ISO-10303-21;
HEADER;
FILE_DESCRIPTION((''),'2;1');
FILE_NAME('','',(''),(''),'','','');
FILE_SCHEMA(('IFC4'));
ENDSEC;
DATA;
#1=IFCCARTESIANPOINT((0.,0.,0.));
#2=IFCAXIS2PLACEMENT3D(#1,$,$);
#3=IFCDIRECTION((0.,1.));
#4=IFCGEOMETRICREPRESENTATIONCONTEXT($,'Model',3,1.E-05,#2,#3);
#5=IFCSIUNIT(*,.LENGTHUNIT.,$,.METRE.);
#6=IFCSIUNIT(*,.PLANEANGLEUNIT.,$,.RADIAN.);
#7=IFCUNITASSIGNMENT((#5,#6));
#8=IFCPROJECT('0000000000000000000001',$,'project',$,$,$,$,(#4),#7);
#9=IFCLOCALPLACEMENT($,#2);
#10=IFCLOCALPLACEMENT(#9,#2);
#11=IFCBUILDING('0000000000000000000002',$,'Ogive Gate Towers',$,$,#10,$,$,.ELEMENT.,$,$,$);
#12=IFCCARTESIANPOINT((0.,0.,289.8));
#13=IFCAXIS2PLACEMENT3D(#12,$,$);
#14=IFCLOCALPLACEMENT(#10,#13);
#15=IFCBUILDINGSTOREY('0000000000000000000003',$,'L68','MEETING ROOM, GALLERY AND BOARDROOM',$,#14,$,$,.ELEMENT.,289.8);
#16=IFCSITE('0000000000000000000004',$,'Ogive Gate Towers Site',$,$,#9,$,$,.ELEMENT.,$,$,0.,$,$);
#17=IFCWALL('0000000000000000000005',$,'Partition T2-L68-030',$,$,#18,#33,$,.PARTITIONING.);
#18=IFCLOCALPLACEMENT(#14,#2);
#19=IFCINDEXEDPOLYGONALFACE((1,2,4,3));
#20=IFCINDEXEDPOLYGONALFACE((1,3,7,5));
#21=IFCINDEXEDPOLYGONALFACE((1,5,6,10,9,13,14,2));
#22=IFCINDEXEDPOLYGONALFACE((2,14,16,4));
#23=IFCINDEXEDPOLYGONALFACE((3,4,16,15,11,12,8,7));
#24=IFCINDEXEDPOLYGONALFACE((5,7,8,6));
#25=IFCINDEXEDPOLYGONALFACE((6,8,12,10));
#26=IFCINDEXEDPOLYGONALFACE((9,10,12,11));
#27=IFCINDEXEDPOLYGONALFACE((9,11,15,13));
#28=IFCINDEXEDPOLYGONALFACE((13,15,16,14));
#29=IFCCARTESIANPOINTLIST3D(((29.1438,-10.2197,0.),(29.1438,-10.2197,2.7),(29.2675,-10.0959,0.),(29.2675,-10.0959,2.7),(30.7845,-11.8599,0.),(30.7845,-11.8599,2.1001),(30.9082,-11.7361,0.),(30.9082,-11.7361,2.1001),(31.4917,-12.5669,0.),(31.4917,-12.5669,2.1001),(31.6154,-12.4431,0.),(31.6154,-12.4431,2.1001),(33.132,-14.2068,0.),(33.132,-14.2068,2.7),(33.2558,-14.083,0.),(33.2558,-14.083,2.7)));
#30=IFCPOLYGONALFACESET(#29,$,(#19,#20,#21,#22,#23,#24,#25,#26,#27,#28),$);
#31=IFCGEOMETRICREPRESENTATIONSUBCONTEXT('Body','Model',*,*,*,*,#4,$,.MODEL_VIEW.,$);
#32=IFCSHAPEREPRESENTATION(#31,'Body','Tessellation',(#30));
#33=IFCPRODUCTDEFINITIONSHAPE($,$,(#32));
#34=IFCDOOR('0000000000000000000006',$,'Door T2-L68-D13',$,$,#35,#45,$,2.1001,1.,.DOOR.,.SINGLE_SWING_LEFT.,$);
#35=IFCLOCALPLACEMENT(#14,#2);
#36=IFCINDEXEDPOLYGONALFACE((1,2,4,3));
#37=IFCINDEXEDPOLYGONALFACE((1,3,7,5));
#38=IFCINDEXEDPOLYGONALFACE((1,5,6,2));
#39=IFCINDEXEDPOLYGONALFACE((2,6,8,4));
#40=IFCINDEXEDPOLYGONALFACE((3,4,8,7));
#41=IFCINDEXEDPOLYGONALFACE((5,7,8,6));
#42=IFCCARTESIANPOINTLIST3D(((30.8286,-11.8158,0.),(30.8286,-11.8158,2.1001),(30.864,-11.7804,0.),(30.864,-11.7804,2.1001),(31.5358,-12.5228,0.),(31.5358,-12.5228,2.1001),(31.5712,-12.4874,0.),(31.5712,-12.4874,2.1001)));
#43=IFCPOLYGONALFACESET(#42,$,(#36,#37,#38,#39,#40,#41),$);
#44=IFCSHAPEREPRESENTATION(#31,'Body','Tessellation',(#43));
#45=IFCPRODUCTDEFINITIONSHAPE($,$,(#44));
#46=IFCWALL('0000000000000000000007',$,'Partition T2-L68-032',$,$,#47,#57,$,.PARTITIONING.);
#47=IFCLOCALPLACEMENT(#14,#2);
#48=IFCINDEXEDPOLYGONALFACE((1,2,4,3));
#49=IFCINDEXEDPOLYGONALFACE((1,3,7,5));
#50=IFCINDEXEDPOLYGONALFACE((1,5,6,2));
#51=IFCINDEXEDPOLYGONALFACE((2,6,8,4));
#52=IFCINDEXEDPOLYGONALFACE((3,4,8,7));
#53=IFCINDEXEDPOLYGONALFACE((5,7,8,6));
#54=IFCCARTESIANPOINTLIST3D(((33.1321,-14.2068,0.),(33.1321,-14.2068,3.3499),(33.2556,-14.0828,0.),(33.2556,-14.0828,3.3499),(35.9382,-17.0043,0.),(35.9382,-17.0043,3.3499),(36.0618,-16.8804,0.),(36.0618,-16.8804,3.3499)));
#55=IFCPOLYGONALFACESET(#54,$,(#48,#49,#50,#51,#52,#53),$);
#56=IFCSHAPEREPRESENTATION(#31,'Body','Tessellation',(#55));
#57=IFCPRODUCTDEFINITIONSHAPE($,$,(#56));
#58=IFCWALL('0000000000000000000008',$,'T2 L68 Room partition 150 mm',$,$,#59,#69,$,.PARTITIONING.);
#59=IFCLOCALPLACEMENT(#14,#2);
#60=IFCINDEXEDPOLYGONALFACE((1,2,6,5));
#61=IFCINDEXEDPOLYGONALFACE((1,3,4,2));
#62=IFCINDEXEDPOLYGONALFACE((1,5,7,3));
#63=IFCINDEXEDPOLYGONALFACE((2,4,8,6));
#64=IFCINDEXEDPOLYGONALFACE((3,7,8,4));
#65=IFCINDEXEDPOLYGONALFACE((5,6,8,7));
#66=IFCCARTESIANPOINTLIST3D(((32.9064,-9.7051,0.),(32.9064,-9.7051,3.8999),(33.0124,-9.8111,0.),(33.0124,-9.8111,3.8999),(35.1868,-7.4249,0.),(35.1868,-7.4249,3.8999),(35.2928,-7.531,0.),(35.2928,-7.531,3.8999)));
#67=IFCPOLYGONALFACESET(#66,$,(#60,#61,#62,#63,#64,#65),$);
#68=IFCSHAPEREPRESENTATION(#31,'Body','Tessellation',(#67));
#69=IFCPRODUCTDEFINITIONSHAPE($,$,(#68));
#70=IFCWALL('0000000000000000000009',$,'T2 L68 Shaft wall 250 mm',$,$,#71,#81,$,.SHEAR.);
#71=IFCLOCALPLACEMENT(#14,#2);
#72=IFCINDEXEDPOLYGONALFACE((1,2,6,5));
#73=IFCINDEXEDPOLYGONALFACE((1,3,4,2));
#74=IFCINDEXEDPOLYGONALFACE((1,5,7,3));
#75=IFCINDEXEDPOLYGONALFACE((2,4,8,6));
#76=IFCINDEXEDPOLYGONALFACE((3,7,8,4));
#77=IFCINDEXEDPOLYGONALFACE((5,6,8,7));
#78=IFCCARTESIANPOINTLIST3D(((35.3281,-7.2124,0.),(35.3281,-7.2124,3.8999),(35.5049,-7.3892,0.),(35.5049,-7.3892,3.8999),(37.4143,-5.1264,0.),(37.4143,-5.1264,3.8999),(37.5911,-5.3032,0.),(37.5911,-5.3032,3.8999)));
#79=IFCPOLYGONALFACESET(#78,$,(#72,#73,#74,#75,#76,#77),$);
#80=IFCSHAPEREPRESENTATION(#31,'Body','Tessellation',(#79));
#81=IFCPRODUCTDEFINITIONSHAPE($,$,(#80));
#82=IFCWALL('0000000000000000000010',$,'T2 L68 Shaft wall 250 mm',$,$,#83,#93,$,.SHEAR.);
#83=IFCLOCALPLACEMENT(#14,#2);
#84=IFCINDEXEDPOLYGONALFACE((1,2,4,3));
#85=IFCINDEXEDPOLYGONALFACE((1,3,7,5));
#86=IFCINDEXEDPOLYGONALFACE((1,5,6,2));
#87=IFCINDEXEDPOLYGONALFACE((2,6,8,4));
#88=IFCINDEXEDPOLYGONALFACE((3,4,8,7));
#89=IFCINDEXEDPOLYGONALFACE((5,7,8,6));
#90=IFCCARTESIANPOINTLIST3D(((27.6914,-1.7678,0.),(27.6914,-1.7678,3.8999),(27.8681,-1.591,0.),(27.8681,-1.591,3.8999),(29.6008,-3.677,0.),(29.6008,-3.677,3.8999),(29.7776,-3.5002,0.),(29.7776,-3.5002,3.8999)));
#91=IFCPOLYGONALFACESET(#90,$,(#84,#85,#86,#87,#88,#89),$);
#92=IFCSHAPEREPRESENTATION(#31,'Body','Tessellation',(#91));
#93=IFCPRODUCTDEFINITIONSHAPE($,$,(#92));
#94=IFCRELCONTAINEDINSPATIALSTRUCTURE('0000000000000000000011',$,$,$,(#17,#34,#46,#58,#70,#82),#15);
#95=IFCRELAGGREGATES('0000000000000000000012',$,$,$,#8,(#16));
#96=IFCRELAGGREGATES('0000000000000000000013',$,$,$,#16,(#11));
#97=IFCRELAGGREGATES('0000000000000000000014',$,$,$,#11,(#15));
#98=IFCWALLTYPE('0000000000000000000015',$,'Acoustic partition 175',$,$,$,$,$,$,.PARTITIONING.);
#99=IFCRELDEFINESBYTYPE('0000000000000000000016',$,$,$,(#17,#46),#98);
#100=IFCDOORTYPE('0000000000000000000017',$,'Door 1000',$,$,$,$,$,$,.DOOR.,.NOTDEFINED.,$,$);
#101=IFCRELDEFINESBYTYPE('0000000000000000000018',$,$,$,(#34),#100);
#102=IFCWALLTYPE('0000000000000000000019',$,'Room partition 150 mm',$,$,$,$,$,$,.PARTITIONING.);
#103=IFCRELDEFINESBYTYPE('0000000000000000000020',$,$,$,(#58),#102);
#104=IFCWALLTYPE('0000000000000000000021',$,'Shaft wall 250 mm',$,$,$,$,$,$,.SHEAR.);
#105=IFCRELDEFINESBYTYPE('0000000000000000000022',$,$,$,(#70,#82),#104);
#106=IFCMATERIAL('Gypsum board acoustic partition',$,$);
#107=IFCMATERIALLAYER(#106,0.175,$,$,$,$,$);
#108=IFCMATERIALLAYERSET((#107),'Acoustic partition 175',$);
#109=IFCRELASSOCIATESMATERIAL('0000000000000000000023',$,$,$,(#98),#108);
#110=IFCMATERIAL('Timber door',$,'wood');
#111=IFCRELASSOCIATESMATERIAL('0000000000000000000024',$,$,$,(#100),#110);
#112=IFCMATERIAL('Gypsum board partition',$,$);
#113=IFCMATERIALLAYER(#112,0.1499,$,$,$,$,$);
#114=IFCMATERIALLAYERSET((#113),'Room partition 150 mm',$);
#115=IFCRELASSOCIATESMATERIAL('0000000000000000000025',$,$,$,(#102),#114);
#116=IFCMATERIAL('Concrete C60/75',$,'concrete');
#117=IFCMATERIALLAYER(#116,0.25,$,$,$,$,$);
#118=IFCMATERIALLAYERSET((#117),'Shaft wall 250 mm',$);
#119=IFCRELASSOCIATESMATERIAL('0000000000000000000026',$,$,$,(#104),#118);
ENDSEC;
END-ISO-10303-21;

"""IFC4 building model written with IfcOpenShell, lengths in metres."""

from ifc_helpers import new_model, si_unit, direction, frame, frame_2d, origin, place, context, subcontext, project, spatial, rectangle, extrude, material, layer, layer_set, type_object, element, fill, save


model = new_model("IFC4")

# Units and contexts
model_context = context("Model", 3, precision=1e-05, world=origin(), true_north=direction((0.0, 1.0)))
body_context = subcontext(model_context, "Body", "Model", "MODEL_VIEW")
ifc_project = project(units=[si_unit("LENGTHUNIT", "METRE"), si_unit("PLANEANGLEUNIT", "RADIAN")], contexts=[model_context])

# Site, building, storey
site_placement = place(None, origin())
site = spatial("IfcSite", under=ifc_project, at=site_placement, Name="Ogive Gate Towers Site", CompositionType="ELEMENT", RefElevation=0.0)
building_placement = place(site_placement, origin())
building = spatial("IfcBuilding", under=site, at=building_placement, Name="Ogive Gate Towers", CompositionType="ELEMENT")
storey_placement = place(building_placement, frame((0.0, 0.0, 289.8)))
storey = spatial("IfcBuildingStorey", under=building, at=storey_placement, Name="L68", Description="MEETING ROOM, GALLERY AND BOARDROOM", CompositionType="ELEMENT", Elevation=289.8)

# Shared definitions
ifc_material_1 = material(Name="Gypsum board acoustic partition")
ifc_layer_1 = layer(ifc_material_1, 0.175)
ifc_layer_set_1 = layer_set([ifc_layer_1], Name="Acoustic partition 175")
wall_type_1 = type_object("IfcWallType", Name="Acoustic partition 175", PredefinedType="PARTITIONING", material=ifc_layer_set_1)

# Wall, opening, door
wall_1_placement = place(storey_placement, frame((29.2056, -10.1577, 0.0), z_axis=(0.0, 0.0, 1.0), x_axis=(0.707215, -0.706999, 0.0)))
wall_1 = element("IfcWall", 1, at=wall_1_placement, inside=storey, type_object=wall_type_1, Name="Partition T2-L68-030", PredefinedType="PARTITIONING", context=body_context, shape_type="SweptSolid", body=[
    extrude(rectangle(XDim=5.6394, YDim=0.175, at=frame_2d((2.8198, 0.0))), origin(), (0.0, 0.0, 1.0), 2.7),
])
opening_1_placement = place(wall_1_placement, frame((2.3201, 0.0, 0.0)))
opening_1 = element("IfcOpeningElement", 2, at=opening_1_placement, cuts=wall_1, PredefinedType="OPENING", context=body_context, shape_type="SweptSolid", body=[
    extrude(rectangle(XDim=1.0, YDim=2.1001, at=frame_2d((0.5, 1.05))), frame((0.0, 0.0977, 0.0), z_axis=(0.0, -1.0, 0.0), x_axis=(1.0, 0.0, 0.0)), (0.0, 0.0, 1.0), 0.1951),
])
ifc_material_2 = material(Name="Timber door", Category="wood")
door_type_1 = type_object("IfcDoorType", Name="Door 1000", OperationType="NOTDEFINED", PredefinedType="DOOR", material=ifc_material_2)
door_1_placement = place(opening_1_placement, origin())
door_1 = element("IfcDoor", 3, at=door_1_placement, inside=storey, type_object=door_type_1, Name="Door T2-L68-D13", OperationType="SINGLE_SWING_LEFT", OverallHeight=2.1001, OverallWidth=1.0, PredefinedType="DOOR", context=body_context, shape_type="SweptSolid", body=[
    extrude(rectangle(XDim=1.0, YDim=2.1001, at=frame_2d((0.5, 1.05))), frame((0.0, 0.0249, 0.0), z_axis=(0.0, -1.0, 0.0), x_axis=(1.0, 0.0, 0.0)), (0.0, 0.0, 1.0), 0.05),
])
fill(opening_1, door_1)

# Walls
wall_2_placement = place(storey_placement, frame((33.1938, -14.1448, 0.0), z_axis=(0.0, 0.0, 1.0), x_axis=(0.708184, -0.706028, 0.0)))
element("IfcWall", 4, at=wall_2_placement, inside=storey, type_object=wall_type_1, Name="Partition T2-L68-032", PredefinedType="PARTITIONING", context=body_context, shape_type="SweptSolid", body=[
    extrude(rectangle(XDim=3.9624, YDim=0.175, at=frame_2d((1.9812, 0.0))), origin(), (0.0, 0.0, 1.0), 3.3499),
])
ifc_material_3 = material(Name="Gypsum board partition")
ifc_layer_2 = layer(ifc_material_3, 0.1499)
ifc_layer_set_2 = layer_set([ifc_layer_2], Name="Room partition 150 mm")
wall_type_2 = type_object("IfcWallType", Name="Room partition 150 mm", PredefinedType="PARTITIONING", material=ifc_layer_set_2)
wall_3_placement = place(storey_placement, frame((32.9595, -9.7581, 0.0), z_axis=(0.0, 0.0, 1.0), x_axis=(0.707145, 0.707069, 0.0)))
element("IfcWall", 5, at=wall_3_placement, inside=storey, type_object=wall_type_2, Name="T2 L68 Room partition 150 mm", PredefinedType="PARTITIONING", context=body_context, shape_type="SweptSolid", body=[
    extrude(rectangle(XDim=3.2249, YDim=0.1499, at=frame_2d((1.6123, 0.0))), origin(), (0.0, 0.0, 1.0), 3.8999),
])
ifc_material_4 = material(Name="Concrete C60/75", Category="concrete")
ifc_layer_3 = layer(ifc_material_4, 0.25)
ifc_layer_set_3 = layer_set([ifc_layer_3], Name="Shaft wall 250 mm")
wall_type_3 = type_object("IfcWallType", Name="Shaft wall 250 mm", PredefinedType="SHEAR", material=ifc_layer_set_3)
wall_4_placement = place(storey_placement, frame((35.4165, -7.3008, 0.0), z_axis=(0.0, 0.0, 1.0), x_axis=(0.707148, 0.707065, 0.0)))
element("IfcWall", 6, at=wall_4_placement, inside=storey, type_object=wall_type_3, Name="T2 L68 Shaft wall 250 mm", PredefinedType="SHEAR", context=body_context, shape_type="SweptSolid", body=[
    extrude(rectangle(XDim=2.9502, YDim=0.25, at=frame_2d((1.4751, 0.0))), origin(), (0.0, 0.0, 1.0), 3.8999),
])
wall_5_placement = place(storey_placement, frame((29.6892, -3.5886, 0.0), z_axis=(0.0, 0.0, 1.0), x_axis=(-0.707152, 0.707062, 0.0)))
element("IfcWall", 7, at=wall_5_placement, inside=storey, type_object=wall_type_3, Name="T2 L68 Shaft wall 250 mm", PredefinedType="SHEAR", context=body_context, shape_type="SweptSolid", body=[
    extrude(rectangle(XDim=2.7002, YDim=0.25, at=frame_2d((1.3501, 0.0))), origin(), (0.0, 0.0, 1.0), 3.8999),
])

save(model, "model.ifc")
